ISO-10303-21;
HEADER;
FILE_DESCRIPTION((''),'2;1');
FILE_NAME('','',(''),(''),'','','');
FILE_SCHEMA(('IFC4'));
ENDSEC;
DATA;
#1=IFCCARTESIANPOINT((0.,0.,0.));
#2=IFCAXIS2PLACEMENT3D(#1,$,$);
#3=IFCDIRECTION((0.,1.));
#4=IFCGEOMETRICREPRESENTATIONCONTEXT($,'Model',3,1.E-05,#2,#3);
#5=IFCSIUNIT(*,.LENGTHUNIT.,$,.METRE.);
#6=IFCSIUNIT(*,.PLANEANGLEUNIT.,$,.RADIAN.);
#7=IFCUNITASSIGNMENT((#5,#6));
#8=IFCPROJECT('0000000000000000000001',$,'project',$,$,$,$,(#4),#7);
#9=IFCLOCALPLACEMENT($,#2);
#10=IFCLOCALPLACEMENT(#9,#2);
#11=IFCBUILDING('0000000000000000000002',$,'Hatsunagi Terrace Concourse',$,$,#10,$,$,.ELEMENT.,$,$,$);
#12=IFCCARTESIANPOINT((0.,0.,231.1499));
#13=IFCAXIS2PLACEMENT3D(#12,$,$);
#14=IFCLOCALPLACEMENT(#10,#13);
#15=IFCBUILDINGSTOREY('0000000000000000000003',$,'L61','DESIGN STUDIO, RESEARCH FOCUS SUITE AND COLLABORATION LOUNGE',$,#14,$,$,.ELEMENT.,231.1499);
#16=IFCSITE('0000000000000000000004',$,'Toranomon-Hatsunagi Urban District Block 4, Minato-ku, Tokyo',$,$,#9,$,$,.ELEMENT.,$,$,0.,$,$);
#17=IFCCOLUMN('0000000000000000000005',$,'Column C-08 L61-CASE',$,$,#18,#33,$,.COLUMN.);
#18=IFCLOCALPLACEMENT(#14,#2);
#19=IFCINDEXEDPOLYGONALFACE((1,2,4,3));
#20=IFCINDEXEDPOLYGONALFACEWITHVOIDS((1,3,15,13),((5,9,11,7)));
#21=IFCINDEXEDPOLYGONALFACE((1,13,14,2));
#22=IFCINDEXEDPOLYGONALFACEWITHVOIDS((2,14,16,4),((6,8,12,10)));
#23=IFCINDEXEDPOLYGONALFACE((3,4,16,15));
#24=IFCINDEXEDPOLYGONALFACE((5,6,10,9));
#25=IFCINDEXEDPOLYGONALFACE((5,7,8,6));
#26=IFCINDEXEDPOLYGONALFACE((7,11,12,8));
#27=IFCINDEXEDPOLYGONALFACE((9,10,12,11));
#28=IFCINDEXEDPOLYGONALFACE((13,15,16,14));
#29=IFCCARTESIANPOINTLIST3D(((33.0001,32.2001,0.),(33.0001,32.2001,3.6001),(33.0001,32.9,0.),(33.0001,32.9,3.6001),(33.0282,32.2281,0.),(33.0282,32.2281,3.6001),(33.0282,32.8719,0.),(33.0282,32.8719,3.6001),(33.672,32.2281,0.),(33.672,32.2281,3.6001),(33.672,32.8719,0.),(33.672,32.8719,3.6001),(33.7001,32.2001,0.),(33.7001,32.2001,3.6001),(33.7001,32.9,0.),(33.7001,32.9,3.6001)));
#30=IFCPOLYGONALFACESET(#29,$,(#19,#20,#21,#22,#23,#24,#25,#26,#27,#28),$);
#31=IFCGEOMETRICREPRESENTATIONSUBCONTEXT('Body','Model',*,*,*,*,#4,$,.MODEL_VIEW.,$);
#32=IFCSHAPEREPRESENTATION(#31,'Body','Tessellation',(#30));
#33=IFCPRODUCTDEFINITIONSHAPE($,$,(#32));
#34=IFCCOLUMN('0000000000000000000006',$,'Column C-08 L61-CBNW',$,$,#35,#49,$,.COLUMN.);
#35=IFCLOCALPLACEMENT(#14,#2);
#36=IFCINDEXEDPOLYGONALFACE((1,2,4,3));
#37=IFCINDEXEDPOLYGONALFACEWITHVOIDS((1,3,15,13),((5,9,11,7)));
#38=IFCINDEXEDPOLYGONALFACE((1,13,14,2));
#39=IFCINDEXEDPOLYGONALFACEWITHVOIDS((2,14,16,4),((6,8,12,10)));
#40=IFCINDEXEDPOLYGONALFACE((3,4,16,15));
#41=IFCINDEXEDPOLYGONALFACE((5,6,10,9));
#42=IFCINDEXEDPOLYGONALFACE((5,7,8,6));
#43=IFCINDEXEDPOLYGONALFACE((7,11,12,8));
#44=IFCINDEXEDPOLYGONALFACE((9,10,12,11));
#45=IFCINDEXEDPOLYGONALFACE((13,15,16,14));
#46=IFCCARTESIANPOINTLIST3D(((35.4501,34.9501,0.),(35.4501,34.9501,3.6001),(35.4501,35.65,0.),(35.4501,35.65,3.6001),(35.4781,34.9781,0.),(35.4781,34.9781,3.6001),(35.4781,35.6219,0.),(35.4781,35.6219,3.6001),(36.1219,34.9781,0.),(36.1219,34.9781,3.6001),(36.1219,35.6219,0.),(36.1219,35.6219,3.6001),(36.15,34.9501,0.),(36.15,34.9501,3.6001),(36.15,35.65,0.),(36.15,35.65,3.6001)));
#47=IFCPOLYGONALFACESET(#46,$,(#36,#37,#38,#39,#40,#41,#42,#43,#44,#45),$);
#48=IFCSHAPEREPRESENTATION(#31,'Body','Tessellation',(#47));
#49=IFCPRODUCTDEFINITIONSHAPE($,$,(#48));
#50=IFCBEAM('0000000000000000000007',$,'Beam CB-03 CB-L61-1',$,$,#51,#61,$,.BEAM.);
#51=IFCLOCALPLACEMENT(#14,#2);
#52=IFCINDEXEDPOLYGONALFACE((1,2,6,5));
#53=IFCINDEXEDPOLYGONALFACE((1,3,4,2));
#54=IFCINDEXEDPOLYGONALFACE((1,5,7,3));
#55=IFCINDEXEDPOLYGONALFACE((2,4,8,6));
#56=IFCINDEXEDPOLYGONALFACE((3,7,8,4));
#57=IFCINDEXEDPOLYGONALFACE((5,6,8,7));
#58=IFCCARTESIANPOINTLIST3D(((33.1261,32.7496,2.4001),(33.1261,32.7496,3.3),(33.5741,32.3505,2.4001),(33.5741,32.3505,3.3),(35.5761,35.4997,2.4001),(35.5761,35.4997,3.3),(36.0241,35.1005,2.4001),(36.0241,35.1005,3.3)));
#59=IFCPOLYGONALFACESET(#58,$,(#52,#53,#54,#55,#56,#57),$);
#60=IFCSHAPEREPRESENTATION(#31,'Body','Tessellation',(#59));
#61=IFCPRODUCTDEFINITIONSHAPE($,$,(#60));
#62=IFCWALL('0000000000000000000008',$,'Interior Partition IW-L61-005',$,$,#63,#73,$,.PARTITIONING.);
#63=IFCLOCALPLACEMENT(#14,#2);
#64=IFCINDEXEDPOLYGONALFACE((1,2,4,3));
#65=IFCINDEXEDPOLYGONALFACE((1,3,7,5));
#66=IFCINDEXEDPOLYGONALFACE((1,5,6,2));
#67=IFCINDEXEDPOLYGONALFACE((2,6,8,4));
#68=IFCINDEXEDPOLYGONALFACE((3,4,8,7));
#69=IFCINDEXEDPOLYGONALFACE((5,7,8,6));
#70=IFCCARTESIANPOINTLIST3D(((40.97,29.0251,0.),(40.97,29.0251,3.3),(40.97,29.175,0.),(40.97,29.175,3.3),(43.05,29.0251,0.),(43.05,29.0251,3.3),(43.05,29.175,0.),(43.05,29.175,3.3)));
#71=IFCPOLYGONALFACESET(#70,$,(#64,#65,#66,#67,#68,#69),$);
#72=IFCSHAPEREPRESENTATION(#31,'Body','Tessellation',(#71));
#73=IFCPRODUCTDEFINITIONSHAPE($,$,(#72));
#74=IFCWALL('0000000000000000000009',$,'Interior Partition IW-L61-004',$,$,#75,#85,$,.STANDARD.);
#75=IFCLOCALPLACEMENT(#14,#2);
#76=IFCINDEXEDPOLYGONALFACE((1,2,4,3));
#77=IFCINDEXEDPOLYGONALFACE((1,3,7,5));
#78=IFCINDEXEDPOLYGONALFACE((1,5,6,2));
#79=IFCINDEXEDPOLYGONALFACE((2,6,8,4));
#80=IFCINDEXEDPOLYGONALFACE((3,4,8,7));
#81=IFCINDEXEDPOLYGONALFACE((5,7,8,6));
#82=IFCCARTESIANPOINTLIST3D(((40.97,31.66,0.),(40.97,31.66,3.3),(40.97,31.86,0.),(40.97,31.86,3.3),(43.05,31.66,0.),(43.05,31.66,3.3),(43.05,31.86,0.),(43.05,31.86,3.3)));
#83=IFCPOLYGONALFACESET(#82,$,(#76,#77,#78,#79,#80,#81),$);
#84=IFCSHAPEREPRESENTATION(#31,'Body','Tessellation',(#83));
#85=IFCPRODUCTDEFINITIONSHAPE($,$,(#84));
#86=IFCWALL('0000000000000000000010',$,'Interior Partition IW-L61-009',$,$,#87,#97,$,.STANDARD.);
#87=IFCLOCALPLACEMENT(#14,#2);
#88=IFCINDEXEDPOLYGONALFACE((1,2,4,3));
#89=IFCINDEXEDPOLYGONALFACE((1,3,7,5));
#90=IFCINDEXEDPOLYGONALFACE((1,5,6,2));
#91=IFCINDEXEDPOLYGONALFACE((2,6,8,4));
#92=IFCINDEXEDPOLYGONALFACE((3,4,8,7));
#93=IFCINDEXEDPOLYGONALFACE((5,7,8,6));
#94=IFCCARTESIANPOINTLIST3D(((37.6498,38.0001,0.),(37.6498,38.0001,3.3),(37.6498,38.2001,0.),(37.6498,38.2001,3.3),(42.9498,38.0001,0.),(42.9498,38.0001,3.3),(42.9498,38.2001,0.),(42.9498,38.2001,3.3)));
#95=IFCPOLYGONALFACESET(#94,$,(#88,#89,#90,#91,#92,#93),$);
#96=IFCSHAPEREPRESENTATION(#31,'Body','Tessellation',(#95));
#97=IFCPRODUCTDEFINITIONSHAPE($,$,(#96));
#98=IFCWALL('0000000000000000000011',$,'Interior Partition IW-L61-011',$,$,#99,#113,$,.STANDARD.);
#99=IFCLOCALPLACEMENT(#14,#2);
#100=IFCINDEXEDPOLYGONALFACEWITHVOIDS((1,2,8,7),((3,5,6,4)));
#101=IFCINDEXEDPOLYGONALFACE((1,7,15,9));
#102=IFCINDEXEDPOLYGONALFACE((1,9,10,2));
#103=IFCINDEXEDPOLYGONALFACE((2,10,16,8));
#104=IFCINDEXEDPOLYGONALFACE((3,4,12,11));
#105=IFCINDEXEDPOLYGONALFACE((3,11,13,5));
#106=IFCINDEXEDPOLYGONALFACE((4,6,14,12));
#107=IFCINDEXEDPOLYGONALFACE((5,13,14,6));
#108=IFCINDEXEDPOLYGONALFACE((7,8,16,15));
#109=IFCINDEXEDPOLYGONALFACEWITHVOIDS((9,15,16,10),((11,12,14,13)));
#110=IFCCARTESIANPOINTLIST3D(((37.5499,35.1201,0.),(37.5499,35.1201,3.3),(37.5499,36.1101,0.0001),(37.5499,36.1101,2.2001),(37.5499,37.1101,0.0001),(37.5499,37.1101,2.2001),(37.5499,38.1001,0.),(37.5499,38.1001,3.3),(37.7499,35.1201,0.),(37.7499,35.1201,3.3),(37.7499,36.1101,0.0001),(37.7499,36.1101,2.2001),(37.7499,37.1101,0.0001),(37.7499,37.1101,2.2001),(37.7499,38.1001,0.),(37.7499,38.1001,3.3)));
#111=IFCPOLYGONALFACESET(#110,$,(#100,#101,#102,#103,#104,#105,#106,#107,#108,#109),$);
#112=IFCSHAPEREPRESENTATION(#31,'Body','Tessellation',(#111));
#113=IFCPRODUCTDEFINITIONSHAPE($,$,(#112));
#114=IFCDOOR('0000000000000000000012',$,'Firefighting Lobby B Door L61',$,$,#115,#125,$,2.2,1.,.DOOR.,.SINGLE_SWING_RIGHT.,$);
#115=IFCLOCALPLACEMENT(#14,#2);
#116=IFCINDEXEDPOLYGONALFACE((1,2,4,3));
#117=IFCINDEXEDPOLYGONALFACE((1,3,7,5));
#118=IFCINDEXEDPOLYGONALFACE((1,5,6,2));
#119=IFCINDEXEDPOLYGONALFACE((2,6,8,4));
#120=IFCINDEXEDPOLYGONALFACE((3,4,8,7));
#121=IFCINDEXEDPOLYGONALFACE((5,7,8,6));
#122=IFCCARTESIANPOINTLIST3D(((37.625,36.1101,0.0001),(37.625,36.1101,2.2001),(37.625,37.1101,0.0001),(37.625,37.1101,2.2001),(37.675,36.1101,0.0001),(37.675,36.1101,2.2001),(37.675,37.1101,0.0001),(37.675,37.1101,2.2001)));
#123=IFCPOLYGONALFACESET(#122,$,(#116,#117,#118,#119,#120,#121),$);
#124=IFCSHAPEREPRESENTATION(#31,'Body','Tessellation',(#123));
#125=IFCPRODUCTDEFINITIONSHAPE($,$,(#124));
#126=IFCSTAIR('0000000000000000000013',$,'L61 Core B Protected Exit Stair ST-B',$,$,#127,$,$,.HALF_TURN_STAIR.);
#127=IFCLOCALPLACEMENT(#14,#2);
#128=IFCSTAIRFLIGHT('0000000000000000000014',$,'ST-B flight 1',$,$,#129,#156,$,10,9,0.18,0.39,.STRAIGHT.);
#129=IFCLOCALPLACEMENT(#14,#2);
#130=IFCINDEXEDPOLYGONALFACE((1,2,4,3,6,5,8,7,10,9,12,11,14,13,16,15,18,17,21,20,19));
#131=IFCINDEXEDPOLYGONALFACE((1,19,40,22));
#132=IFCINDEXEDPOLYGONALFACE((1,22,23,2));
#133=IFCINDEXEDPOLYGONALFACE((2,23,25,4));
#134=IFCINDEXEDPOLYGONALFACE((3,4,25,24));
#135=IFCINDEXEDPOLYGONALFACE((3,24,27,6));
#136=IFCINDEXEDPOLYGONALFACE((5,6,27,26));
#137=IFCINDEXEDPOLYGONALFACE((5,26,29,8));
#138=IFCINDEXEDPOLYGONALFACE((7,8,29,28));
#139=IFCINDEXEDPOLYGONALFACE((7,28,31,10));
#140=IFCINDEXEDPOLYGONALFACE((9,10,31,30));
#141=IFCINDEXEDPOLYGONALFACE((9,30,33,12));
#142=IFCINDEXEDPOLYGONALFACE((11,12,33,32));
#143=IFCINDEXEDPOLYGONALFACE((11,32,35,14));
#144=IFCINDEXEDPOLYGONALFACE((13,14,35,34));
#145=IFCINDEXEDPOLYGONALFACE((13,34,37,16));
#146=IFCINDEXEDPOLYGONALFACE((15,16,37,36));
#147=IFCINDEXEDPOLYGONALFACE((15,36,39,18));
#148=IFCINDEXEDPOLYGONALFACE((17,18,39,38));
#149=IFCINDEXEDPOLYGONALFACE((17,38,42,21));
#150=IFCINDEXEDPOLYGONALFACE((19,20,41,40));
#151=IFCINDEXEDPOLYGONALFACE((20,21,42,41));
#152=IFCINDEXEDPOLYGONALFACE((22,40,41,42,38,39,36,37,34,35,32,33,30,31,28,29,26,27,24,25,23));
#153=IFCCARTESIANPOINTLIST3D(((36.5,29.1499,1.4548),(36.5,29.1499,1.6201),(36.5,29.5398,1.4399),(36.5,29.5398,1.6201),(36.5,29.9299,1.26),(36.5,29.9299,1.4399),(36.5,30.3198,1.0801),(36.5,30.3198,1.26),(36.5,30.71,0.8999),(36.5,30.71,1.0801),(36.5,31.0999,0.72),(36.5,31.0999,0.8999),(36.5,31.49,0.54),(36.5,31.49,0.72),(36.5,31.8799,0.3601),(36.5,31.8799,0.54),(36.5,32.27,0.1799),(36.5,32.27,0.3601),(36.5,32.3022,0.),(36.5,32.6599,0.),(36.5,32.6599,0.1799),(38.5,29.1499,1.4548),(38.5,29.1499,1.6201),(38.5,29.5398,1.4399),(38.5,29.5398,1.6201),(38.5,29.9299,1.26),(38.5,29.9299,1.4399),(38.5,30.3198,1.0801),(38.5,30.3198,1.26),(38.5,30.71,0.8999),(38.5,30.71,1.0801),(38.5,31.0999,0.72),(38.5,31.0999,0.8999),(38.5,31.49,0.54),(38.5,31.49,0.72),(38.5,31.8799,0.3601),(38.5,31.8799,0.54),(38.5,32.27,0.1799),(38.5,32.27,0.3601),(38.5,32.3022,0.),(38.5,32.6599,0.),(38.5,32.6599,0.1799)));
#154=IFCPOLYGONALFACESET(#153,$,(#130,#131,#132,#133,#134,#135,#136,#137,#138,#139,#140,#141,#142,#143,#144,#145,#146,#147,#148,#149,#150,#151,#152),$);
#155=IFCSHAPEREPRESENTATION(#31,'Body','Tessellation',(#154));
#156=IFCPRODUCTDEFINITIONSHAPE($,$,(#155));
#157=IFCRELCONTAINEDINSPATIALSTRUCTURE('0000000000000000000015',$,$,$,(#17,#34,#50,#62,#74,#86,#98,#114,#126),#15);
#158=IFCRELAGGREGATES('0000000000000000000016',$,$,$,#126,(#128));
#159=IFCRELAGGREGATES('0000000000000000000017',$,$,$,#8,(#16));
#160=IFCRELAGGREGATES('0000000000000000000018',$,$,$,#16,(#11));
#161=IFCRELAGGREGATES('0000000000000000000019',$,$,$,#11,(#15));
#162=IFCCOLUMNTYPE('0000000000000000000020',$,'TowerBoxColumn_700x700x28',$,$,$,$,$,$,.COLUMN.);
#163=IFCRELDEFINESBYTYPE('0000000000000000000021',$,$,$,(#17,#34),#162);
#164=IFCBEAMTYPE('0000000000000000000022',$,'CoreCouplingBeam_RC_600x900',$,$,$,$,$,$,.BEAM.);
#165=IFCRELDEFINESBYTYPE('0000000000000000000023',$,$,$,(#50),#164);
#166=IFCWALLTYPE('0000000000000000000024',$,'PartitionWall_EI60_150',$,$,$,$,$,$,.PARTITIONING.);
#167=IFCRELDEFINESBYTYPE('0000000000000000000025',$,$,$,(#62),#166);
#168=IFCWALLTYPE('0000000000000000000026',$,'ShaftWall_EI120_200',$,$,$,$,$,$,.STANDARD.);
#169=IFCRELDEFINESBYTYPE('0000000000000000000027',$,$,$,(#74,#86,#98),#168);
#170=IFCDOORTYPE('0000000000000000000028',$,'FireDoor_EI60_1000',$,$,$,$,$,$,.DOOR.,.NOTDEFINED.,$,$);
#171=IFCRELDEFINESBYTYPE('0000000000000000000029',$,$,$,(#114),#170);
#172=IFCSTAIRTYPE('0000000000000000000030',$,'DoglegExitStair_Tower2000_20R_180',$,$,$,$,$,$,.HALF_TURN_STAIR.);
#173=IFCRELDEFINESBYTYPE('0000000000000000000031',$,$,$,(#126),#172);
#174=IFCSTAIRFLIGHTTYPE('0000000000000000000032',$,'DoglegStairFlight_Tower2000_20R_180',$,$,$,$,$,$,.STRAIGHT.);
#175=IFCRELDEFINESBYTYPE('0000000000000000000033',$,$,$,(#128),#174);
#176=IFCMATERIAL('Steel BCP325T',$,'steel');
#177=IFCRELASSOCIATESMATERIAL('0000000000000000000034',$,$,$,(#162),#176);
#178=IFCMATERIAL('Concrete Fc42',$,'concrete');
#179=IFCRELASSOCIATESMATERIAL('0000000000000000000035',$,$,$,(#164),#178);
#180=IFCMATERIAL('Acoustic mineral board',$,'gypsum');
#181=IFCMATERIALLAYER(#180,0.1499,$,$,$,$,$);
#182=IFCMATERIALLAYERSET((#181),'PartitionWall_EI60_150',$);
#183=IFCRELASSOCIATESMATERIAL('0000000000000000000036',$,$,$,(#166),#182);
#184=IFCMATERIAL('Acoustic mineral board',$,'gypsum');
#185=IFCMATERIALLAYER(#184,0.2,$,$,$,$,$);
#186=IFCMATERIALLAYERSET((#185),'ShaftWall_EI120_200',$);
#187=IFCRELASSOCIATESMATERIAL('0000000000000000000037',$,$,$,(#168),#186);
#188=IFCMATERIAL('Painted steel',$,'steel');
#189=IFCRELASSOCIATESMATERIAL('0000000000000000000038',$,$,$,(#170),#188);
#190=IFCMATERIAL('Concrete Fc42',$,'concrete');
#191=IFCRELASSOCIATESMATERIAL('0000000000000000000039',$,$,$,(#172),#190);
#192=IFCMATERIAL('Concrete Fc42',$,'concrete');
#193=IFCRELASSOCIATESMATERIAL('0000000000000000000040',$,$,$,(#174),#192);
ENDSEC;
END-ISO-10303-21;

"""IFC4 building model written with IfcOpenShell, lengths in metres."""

from ifc_helpers import new_model, si_unit, direction, frame, frame_2d, origin, origin_2d, place, context, subcontext, project, spatial, polyline, rectangle, hollow_rectangle, outline, extrude, material, layer, layer_set, material_profile, profile_set, type_object, element, fill, aggregate, save


model = new_model("IFC4")

# Units and contexts
model_context = context("Model", 3, precision=1e-05, world=origin(), true_north=direction((0.0, 1.0)))
body_context = subcontext(model_context, "Body", "Model", "MODEL_VIEW")
ifc_project = project(units=[si_unit("LENGTHUNIT", "METRE"), si_unit("PLANEANGLEUNIT", "RADIAN")], contexts=[model_context])

# Site, building, storey
site_placement = place(None, origin())
site = spatial("IfcSite", under=ifc_project, at=site_placement, Name="Toranomon-Hatsunagi Urban District Block 4, Minato-ku, Tokyo", CompositionType="ELEMENT", RefElevation=0.0)
building_placement = place(site_placement, origin())
building = spatial("IfcBuilding", under=site, at=building_placement, Name="Hatsunagi Terrace Concourse", CompositionType="ELEMENT")
storey_placement = place(building_placement, frame((0.0, 0.0, 231.1499)))
storey = spatial("IfcBuildingStorey", under=building, at=storey_placement, Name="L61", Description="DESIGN STUDIO, RESEARCH FOCUS SUITE AND COLLABORATION LOUNGE", CompositionType="ELEMENT", Elevation=231.1499)

# Columns
ifc_material_1 = material(Name="Steel BCP325T", Category="steel")
ifc_material_profile_1 = material_profile(ifc_material_1, hollow_rectangle(XDim=0.7, YDim=0.7, WallThickness=0.0281, at=origin_2d()), Name="BCP-700x700x28")
ifc_profile_set_1 = profile_set([ifc_material_profile_1], Name="Steel BCP325T")
column_type = type_object("IfcColumnType", Name="TowerBoxColumn_700x700x28", PredefinedType="COLUMN", material=ifc_profile_set_1)
for number, where, z_axis, x_axis, name in (
    (1, (33.3501, 32.55, 0.0), (0.0, 0.0, 1.0), (1.0, 0.0, 0.0), "Column C-08 L61-CASE"),
    (2, (35.8, 35.3, 0.0), (0.0, 0.0, 1.0), (1.0, 0.0, 0.0), "Column C-08 L61-CBNW"),
):
    element("IfcColumn", number, at=place(storey_placement, frame(where, z_axis=z_axis, x_axis=x_axis)), inside=storey, type_object=column_type, Name=name, PredefinedType="COLUMN", context=body_context, shape_type="SweptSolid", body=[
        extrude(hollow_rectangle(XDim=0.7, YDim=0.7, WallThickness=0.0281, at=origin_2d()), origin(), (0.0, 0.0, 1.0), 3.6001),
    ])

# Beam
ifc_material_2 = material(Name="Concrete Fc42", Category="concrete")
ifc_material_profile_2 = material_profile(ifc_material_2, rectangle(XDim=0.6001, YDim=0.8999, at=origin_2d()), Name="RC-600x900")
ifc_profile_set_2 = profile_set([ifc_material_profile_2], Name="Concrete Fc42")
beam_type = type_object("IfcBeamType", Name="CoreCouplingBeam_RC_600x900", PredefinedType="BEAM", material=ifc_profile_set_2)
beam_placement = place(storey_placement, frame((33.3501, 32.55, 2.8501), z_axis=(0.665199, 0.746666, 0.0), x_axis=(-0.746666, 0.665199, 0.0)))
element("IfcBeam", 3, at=beam_placement, inside=storey, type_object=beam_type, Name="Beam CB-03 CB-L61-1", PredefinedType="BEAM", context=body_context, shape_type="SweptSolid", body=[
    extrude(rectangle(XDim=0.6001, YDim=0.8999, at=origin_2d()), origin(), (0.0, 0.0, 1.0), 3.6831),
])

# Walls
ifc_material_3 = material(Name="Acoustic mineral board", Category="gypsum")
ifc_layer_1 = layer(ifc_material_3, 0.1499)
ifc_layer_set_1 = layer_set([ifc_layer_1], Name="PartitionWall_EI60_150")
wall_type_1 = type_object("IfcWallType", Name="PartitionWall_EI60_150", PredefinedType="PARTITIONING", material=ifc_layer_set_1)
wall_1_placement = place(storey_placement, frame((40.97, 29.1001, 0.0), z_axis=(0.0, 0.0, 1.0), x_axis=(1.0, 0.0, 0.0)))
element("IfcWall", 4, at=wall_1_placement, inside=storey, type_object=wall_type_1, Name="Interior Partition IW-L61-005", PredefinedType="PARTITIONING", context=body_context, shape_type="SweptSolid", body=[
    extrude(rectangle(XDim=2.0801, YDim=0.1499, at=frame_2d((1.04, 0.0))), origin(), (0.0, 0.0, 1.0), 3.3),
])
ifc_material_4 = material(Name="Acoustic mineral board", Category="gypsum")
ifc_layer_2 = layer(ifc_material_4, 0.2)
ifc_layer_set_2 = layer_set([ifc_layer_2], Name="ShaftWall_EI120_200")
wall_type_2 = type_object("IfcWallType", Name="ShaftWall_EI120_200", PredefinedType="STANDARD", material=ifc_layer_set_2)
wall_2_placement = place(storey_placement, frame((40.97, 31.76, 0.0), z_axis=(0.0, 0.0, 1.0), x_axis=(1.0, 0.0, 0.0)))
element("IfcWall", 5, at=wall_2_placement, inside=storey, type_object=wall_type_2, Name="Interior Partition IW-L61-004", PredefinedType="STANDARD", context=body_context, shape_type="SweptSolid", body=[
    extrude(rectangle(XDim=2.0801, YDim=0.2, at=frame_2d((1.04, 0.0))), origin(), (0.0, 0.0, 1.0), 3.3),
])
wall_3_placement = place(storey_placement, frame((37.6499, 38.1001, 0.0), z_axis=(0.0, 0.0, 1.0), x_axis=(1.0, 0.0, 0.0)))
element("IfcWall", 6, at=wall_3_placement, inside=storey, type_object=wall_type_2, Name="Interior Partition IW-L61-009", PredefinedType="STANDARD", context=body_context, shape_type="SweptSolid", body=[
    extrude(rectangle(XDim=5.3, YDim=0.2, at=frame_2d((2.6499, 0.0))), origin(), (0.0, 0.0, 1.0), 3.3),
])

# Wall, opening, door
wall_4_placement = place(storey_placement, frame((37.6499, 35.1201, 0.0), z_axis=(0.0, 0.0, 1.0), x_axis=(0.0, 1.0, 0.0)))
wall_4 = element("IfcWall", 7, at=wall_4_placement, inside=storey, type_object=wall_type_2, Name="Interior Partition IW-L61-011", PredefinedType="STANDARD", context=body_context, shape_type="SweptSolid", body=[
    extrude(rectangle(XDim=2.98, YDim=0.2, at=frame_2d((1.49, 0.0))), origin(), (0.0, 0.0, 1.0), 3.3),
])
opening_1_placement = place(wall_4_placement, frame((0.99, 0.0, 0.0)))
opening_1 = element("IfcOpeningElement", 8, at=opening_1_placement, cuts=wall_4, PredefinedType="OPENING", context=body_context, shape_type="SweptSolid", body=[
    extrude(rectangle(XDim=1.0, YDim=2.2, at=frame_2d((0.5, 1.1001))), frame((0.0, 0.1099, 0.0), z_axis=(0.0, -1.0, 0.0), x_axis=(1.0, 0.0, 0.0)), (0.0, 0.0, 1.0), 0.22),
])
ifc_material_5 = material(Name="Painted steel", Category="steel")
door_type_1 = type_object("IfcDoorType", Name="FireDoor_EI60_1000", OperationType="NOTDEFINED", PredefinedType="DOOR", material=ifc_material_5)
door_1_placement = place(opening_1_placement, origin())
door_1 = element("IfcDoor", 9, at=door_1_placement, inside=storey, type_object=door_type_1, Name="Firefighting Lobby B Door L61", OperationType="SINGLE_SWING_RIGHT", OverallHeight=2.2, OverallWidth=1.0, PredefinedType="DOOR", context=body_context, shape_type="SweptSolid", body=[
    extrude(rectangle(XDim=1.0, YDim=2.2, at=frame_2d((0.5, 1.1001))), frame((0.0, 0.0249, 0.0), z_axis=(0.0, -1.0, 0.0), x_axis=(1.0, 0.0, 0.0)), (0.0, 0.0, 1.0), 0.05),
])
fill(opening_1, door_1)

# Stair, stair flight
ifc_material_6 = material(Name="Concrete Fc42", Category="concrete")
stair_type = type_object("IfcStairType", Name="DoglegExitStair_Tower2000_20R_180", PredefinedType="HALF_TURN_STAIR", material=ifc_material_6)
stair_placement = place(storey_placement, origin())
stair = element("IfcStair", 10, at=stair_placement, inside=storey, type_object=stair_type, Name="L61 Core B Protected Exit Stair ST-B", PredefinedType="HALF_TURN_STAIR")
ifc_material_7 = material(Name="Concrete Fc42", Category="concrete")
stair_flight_type = type_object("IfcStairFlightType", Name="DoglegStairFlight_Tower2000_20R_180", PredefinedType="STRAIGHT", material=ifc_material_7)
stair_flight_1_placement = place(storey_placement, frame((37.5, 32.6599, 0.0), z_axis=(0.0, 0.0, 1.0), x_axis=(0.0, -1.0, 0.0)))
stair_flight_1 = element("IfcStairFlight", 11, at=stair_flight_1_placement, type_object=stair_flight_type, Name="ST-B flight 1", NumberOfRisers=10, NumberOfTreads=9, PredefinedType="STRAIGHT", RiserHeight=0.18, TreadLength=0.39, context=body_context, shape_type="SweptSolid", body=[
    extrude(outline(polyline([(0.0, 0.0), (0.0, 0.1799), (0.3899, 0.1799), (0.3899, 0.3601), (0.78, 0.3601), (0.78, 0.54), (1.1699, 0.54), (1.1699, 0.72), (1.5601, 0.72), (1.5601, 0.8999), (1.95, 0.8999), (1.95, 1.0801), (2.3401, 1.0801), (2.3401, 1.26), (2.73, 1.26), (2.73, 1.4399), (3.1201, 1.4399), (3.1201, 1.6201), (3.51, 1.6201), (3.51, 1.8), (3.51, 1.4548), (0.3577, 0.0), (0.0, 0.0)])), frame((0.0, 1.0, 0.0), z_axis=(0.0, -1.0, 0.0), x_axis=(1.0, 0.0, 0.0)), (0.0, 0.0, 1.0), 2.0),
])
aggregate(stair, [stair_flight_1])

save(model, "model.ifc")
